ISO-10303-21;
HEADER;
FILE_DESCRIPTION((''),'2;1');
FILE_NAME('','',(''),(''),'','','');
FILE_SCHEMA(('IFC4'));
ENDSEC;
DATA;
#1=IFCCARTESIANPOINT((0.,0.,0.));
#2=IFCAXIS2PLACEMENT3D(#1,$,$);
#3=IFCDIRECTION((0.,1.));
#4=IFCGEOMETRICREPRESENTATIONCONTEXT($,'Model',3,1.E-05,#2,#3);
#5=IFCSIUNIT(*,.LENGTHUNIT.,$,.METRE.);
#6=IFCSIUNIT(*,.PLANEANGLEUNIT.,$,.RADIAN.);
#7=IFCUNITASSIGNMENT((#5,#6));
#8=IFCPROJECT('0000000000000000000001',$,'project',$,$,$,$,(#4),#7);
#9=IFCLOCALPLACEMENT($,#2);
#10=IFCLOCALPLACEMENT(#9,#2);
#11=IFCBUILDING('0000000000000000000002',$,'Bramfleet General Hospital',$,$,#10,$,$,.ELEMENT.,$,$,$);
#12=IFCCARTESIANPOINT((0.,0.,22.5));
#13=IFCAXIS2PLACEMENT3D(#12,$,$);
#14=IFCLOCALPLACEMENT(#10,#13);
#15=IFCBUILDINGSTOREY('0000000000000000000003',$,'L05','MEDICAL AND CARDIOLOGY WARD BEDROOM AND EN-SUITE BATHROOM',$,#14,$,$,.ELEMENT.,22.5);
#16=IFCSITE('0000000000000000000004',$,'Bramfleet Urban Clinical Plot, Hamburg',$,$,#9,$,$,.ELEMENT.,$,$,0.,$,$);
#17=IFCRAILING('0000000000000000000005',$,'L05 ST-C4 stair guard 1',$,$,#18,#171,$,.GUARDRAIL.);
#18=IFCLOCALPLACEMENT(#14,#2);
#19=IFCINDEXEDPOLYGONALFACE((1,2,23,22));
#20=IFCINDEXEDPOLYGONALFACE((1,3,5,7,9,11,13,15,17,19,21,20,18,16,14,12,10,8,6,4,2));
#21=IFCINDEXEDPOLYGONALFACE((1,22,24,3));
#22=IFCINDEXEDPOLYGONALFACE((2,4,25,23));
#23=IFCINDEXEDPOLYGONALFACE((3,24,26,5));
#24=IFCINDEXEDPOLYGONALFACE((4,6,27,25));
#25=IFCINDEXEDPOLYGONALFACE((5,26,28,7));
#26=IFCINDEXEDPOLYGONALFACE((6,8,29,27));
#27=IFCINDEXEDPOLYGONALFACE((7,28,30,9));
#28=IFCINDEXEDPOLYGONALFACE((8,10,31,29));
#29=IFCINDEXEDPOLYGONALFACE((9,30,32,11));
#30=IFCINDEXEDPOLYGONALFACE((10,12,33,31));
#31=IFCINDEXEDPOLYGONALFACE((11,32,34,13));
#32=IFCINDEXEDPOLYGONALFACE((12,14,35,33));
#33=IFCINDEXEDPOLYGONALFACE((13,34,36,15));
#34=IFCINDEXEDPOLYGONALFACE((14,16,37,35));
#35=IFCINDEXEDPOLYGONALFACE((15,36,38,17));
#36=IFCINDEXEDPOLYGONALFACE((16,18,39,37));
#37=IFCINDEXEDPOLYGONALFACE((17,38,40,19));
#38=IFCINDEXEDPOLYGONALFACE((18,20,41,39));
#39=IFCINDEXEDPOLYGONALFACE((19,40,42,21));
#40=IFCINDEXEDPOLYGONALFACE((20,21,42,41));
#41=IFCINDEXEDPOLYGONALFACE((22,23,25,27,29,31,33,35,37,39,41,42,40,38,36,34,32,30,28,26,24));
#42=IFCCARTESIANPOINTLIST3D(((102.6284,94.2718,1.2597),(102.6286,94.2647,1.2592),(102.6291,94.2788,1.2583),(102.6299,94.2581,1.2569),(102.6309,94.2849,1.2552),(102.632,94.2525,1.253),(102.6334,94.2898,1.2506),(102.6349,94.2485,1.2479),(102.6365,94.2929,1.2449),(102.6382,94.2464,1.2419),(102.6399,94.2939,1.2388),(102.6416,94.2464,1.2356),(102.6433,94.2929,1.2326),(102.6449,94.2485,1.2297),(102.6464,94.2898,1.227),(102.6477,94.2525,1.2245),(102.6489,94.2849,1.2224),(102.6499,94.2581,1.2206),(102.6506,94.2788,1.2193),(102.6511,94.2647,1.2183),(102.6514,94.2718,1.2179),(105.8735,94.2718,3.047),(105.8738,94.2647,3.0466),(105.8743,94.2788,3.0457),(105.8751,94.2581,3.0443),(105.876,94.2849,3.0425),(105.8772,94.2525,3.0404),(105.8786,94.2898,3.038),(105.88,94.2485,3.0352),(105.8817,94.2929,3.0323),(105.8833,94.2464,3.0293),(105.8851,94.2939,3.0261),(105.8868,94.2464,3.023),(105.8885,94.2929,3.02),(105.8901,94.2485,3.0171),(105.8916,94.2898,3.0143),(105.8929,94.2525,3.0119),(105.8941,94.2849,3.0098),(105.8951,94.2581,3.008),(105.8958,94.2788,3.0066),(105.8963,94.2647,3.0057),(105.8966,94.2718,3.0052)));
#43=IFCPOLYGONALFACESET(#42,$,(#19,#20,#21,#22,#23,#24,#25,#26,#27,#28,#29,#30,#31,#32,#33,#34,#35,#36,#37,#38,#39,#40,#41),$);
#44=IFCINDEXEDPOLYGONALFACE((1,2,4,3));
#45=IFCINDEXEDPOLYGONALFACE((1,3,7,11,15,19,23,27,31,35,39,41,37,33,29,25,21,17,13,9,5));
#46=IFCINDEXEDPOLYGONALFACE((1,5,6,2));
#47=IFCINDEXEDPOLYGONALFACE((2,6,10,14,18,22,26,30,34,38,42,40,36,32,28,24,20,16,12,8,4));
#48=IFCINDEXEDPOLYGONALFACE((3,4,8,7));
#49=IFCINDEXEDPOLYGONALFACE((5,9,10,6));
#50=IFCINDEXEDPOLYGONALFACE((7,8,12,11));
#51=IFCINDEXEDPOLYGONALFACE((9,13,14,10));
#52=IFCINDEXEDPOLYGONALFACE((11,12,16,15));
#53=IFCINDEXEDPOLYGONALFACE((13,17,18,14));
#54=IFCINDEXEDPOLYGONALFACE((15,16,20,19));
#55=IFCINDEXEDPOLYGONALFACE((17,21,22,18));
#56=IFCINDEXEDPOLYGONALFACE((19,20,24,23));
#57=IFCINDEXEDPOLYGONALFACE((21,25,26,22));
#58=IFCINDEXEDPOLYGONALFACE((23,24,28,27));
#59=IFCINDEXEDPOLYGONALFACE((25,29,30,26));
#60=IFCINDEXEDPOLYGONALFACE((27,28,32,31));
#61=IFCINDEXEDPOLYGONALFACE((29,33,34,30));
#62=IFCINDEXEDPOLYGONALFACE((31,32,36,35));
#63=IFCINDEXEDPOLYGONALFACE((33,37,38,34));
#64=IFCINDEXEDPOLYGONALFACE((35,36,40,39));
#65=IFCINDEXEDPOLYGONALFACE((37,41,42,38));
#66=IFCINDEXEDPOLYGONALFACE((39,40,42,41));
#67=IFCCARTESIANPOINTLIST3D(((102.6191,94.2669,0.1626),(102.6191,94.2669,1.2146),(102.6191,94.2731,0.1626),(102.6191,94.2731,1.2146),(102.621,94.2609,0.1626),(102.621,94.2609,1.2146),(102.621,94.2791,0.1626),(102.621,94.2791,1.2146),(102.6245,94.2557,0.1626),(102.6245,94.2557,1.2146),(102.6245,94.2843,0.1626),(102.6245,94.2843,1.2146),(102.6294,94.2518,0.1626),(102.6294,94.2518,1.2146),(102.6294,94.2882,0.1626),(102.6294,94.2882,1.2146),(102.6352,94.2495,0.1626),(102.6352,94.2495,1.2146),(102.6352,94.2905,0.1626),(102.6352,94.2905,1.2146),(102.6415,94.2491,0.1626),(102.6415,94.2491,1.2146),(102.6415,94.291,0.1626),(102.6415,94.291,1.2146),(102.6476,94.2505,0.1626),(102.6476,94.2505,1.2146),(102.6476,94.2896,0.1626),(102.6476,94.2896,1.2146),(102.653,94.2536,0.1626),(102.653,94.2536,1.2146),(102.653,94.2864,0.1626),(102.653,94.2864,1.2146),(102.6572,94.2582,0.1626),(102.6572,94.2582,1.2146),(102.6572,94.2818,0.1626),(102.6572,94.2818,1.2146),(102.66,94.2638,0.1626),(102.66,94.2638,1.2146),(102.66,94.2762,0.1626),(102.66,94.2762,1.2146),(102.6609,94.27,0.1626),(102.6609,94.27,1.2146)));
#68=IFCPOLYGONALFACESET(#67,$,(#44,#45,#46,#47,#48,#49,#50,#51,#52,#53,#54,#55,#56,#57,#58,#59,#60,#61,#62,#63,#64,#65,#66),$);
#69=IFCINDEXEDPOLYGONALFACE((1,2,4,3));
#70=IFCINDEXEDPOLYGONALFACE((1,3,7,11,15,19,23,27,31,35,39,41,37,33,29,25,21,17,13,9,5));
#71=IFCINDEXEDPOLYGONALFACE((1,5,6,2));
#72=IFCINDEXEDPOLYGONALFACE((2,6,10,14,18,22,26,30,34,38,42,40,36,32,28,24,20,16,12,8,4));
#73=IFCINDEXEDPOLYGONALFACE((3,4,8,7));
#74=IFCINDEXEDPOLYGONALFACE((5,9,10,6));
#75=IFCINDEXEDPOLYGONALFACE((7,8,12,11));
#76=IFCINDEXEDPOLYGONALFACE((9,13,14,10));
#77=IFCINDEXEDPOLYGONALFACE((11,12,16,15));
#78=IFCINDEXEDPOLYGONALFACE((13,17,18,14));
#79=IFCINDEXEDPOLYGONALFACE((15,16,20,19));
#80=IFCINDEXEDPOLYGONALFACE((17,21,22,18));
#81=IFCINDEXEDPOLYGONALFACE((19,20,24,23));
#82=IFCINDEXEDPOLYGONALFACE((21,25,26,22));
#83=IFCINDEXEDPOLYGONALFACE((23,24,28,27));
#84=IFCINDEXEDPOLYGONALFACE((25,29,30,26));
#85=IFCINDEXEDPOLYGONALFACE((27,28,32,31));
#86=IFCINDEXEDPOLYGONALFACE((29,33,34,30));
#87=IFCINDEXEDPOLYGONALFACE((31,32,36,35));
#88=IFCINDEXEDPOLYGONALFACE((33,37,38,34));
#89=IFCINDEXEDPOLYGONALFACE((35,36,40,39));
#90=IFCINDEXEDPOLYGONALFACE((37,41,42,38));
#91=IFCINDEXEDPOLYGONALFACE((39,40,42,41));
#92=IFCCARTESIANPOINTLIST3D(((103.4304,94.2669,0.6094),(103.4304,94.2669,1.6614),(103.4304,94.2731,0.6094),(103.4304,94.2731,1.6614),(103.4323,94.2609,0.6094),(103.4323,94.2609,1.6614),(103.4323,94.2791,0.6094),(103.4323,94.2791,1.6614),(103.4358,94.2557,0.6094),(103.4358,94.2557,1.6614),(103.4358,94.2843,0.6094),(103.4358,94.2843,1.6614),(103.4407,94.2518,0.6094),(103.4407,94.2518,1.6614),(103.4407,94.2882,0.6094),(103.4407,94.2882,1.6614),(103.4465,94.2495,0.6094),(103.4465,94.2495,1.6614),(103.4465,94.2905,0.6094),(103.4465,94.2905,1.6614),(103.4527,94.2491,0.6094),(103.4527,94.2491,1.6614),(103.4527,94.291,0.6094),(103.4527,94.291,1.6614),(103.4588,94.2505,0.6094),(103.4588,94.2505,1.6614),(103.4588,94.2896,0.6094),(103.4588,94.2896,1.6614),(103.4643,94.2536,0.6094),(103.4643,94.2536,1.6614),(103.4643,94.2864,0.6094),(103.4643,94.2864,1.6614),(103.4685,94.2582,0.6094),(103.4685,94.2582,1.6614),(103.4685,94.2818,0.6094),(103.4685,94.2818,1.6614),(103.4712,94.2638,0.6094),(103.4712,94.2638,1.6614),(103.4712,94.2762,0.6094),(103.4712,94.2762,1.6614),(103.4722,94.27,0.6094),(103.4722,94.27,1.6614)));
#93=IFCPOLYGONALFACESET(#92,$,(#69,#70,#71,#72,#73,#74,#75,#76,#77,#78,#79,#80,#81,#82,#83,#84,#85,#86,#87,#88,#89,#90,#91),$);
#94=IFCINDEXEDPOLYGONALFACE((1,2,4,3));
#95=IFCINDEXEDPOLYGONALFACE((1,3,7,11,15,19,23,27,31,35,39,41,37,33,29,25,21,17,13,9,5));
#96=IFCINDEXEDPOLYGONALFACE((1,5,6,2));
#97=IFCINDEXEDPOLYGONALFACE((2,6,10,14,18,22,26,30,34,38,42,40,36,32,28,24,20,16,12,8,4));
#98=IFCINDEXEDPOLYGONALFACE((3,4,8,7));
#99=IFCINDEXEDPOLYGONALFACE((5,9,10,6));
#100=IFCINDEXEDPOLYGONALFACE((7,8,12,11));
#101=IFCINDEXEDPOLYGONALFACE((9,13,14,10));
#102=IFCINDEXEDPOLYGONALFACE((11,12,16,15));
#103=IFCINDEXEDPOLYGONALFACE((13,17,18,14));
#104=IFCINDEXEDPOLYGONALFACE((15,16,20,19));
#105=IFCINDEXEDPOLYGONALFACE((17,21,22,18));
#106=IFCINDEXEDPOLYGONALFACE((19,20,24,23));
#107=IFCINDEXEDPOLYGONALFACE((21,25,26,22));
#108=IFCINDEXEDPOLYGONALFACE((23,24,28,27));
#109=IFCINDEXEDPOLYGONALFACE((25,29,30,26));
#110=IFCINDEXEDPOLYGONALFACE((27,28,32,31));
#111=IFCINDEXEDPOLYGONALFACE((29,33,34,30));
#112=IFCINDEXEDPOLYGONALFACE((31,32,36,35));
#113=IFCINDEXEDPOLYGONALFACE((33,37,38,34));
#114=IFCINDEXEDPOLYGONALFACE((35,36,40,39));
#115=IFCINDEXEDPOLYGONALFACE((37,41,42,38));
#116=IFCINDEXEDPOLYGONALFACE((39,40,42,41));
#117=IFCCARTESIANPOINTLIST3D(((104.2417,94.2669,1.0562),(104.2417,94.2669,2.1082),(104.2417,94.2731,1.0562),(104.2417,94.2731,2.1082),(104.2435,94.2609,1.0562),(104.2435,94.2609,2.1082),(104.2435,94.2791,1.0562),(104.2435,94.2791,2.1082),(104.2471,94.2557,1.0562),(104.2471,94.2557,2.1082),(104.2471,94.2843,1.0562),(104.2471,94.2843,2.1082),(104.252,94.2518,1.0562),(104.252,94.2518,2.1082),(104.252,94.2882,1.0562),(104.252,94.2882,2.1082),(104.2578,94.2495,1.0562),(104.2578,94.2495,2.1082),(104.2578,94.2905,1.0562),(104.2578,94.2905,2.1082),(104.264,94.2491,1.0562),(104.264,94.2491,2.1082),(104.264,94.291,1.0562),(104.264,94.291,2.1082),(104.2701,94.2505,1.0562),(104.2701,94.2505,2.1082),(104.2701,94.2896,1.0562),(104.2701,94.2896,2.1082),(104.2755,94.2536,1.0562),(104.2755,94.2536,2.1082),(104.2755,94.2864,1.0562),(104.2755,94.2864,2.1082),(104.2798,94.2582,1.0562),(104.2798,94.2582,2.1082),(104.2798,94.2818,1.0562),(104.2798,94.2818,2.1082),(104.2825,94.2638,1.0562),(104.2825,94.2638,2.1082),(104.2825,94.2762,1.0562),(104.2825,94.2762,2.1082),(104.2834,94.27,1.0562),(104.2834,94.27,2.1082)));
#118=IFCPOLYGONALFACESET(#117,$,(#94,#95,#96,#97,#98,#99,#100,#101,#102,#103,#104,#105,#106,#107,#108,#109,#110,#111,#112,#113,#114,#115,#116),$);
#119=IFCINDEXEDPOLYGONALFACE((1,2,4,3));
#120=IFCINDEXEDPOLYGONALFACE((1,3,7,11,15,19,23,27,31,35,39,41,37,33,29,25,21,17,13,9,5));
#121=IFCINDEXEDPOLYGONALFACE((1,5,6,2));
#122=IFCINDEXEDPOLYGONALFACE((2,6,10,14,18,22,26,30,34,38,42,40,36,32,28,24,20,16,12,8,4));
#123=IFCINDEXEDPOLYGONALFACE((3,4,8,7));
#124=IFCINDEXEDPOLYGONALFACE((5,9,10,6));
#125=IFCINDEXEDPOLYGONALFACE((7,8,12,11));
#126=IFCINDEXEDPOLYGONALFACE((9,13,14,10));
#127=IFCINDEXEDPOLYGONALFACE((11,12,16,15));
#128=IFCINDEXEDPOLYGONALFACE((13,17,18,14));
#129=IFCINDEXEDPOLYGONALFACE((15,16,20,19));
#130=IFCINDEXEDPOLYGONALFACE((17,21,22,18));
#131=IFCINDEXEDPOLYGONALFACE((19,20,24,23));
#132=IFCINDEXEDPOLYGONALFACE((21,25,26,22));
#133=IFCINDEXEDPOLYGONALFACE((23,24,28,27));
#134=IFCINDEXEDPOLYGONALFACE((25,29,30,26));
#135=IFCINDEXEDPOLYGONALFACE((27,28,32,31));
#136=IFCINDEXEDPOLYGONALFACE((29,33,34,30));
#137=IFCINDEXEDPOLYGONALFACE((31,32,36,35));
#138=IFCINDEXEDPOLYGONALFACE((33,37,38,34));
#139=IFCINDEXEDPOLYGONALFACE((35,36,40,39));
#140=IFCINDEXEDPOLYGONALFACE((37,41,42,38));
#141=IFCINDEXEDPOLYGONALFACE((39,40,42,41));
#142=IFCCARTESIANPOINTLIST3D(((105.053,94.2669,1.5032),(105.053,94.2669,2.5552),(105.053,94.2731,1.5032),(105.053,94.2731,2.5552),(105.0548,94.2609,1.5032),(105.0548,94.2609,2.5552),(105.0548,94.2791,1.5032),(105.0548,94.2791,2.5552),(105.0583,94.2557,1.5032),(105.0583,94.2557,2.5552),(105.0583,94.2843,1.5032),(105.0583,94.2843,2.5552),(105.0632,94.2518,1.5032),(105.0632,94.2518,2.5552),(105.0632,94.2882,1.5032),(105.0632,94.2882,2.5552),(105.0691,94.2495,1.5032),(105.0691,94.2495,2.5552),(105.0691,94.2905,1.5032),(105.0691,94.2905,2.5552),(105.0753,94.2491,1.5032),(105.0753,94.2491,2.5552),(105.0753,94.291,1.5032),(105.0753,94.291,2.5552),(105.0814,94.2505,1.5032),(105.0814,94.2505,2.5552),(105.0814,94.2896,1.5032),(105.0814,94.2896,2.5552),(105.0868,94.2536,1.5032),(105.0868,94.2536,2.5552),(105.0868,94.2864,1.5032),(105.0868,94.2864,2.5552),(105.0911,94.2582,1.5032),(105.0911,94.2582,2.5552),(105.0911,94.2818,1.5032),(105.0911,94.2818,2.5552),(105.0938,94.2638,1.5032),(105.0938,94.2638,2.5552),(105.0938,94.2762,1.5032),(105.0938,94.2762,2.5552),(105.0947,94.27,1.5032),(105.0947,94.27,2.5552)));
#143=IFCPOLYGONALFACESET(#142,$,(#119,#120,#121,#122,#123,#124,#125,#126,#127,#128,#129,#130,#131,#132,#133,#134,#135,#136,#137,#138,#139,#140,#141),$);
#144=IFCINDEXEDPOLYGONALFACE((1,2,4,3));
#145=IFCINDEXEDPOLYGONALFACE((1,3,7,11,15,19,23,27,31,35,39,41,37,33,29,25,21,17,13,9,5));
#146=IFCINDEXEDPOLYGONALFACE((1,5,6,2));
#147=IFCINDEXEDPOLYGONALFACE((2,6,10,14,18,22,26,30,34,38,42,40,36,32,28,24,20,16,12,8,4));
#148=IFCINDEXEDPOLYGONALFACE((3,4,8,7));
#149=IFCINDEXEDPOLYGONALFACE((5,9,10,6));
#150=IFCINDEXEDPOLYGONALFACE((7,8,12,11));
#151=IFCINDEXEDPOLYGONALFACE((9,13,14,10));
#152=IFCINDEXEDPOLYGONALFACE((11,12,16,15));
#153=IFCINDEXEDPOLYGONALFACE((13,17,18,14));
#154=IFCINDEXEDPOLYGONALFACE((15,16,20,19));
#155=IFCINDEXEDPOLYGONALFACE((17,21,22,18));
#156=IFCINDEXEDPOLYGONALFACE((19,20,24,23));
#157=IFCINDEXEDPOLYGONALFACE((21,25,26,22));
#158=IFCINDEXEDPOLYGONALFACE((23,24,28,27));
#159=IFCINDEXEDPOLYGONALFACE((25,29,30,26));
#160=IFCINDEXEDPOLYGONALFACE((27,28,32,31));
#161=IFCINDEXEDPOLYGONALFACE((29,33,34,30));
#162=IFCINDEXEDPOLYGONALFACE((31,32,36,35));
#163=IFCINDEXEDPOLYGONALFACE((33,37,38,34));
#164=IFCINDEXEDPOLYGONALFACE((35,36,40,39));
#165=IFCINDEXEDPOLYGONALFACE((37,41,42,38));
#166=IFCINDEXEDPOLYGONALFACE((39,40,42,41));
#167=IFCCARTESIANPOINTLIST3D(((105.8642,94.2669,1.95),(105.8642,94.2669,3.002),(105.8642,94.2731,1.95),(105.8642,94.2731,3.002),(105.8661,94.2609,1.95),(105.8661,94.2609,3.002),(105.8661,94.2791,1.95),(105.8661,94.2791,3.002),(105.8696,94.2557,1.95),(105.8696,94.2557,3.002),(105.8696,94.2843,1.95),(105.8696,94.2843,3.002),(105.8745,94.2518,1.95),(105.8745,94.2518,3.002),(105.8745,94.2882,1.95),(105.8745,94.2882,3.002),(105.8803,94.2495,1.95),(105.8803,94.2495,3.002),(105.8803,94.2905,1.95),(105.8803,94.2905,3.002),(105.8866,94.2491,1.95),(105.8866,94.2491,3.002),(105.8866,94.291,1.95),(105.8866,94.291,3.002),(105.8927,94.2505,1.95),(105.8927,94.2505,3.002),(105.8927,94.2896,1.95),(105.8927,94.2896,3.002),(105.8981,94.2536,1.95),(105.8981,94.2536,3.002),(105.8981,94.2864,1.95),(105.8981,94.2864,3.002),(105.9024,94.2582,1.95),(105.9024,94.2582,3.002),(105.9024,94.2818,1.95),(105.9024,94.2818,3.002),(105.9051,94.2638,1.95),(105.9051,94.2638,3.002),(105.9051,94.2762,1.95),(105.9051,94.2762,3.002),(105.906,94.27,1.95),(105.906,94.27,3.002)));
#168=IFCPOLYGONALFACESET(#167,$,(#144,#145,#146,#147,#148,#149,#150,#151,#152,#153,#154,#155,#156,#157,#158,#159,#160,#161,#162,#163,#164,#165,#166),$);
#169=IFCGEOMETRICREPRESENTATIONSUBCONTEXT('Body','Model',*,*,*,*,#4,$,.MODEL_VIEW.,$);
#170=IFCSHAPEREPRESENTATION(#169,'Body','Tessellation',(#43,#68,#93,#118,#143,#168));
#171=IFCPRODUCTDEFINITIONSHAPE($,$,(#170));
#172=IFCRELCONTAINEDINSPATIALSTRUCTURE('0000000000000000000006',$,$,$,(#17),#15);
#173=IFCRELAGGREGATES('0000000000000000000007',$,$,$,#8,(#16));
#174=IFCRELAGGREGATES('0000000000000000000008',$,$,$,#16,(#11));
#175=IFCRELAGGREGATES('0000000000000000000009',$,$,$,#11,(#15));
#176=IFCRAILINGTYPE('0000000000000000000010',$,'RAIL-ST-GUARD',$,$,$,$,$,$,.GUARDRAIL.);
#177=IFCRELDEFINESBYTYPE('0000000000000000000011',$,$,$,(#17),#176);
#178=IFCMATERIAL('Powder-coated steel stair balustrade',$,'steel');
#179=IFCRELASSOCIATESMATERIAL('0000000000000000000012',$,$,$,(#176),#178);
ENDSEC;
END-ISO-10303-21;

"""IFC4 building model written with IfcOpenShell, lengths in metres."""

from ifc_helpers import new_model, si_unit, direction, frame, origin, origin_2d, place, context, subcontext, project, spatial, circle, extrude, material, type_object, element, save


model = new_model("IFC4")

# Units and contexts
model_context = context("Model", 3, precision=1e-05, world=origin(), true_north=direction((0.0, 1.0)))
body_context = subcontext(model_context, "Body", "Model", "MODEL_VIEW")
ifc_project = project(units=[si_unit("LENGTHUNIT", "METRE"), si_unit("PLANEANGLEUNIT", "RADIAN")], contexts=[model_context])

# Site, building, storey
site_placement = place(None, origin())
site = spatial("IfcSite", under=ifc_project, at=site_placement, Name="Bramfleet Urban Clinical Plot, Hamburg", CompositionType="ELEMENT", RefElevation=0.0)
building_placement = place(site_placement, origin())
building = spatial("IfcBuilding", under=site, at=building_placement, Name="Bramfleet General Hospital", CompositionType="ELEMENT")
storey_placement = place(building_placement, frame((0.0, 0.0, 22.5)))
storey = spatial("IfcBuildingStorey", under=building, at=storey_placement, Name="L05", Description="MEDICAL AND CARDIOLOGY WARD BEDROOM AND EN-SUITE BATHROOM", CompositionType="ELEMENT", Elevation=22.5)

# Railing
ifc_material_1 = material(Name="Powder-coated steel stair balustrade", Category="steel")
railing_type_1 = type_object("IfcRailingType", Name="RAIL-ST-GUARD", PredefinedType="GUARDRAIL", material=ifc_material_1)
railing_1_placement = place(storey_placement, frame((102.6399, 94.27, 0.1626)))
element("IfcRailing", 1, at=railing_1_placement, inside=storey, type_object=railing_type_1, Name="L05 ST-C4 stair guard 1", PredefinedType="GUARDRAIL", context=body_context, shape_type="SweptSolid", body=[
    extrude(circle(Radius=0.0239, at=origin_2d()), frame((0.0, 0.0, 1.0762), z_axis=(0.875926, 0.0, 0.482445), x_axis=(0.0, 1.0, 0.0)), (0.0, 0.0, 1.0), 3.7048),
    extrude(circle(Radius=0.021, at=origin_2d()), origin(), (0.0, 0.0, 1.0), 1.052),
    extrude(circle(Radius=0.021, at=origin_2d()), frame((0.8113, 0.0, 0.4468)), (0.0, 0.0, 1.0), 1.052),
    extrude(circle(Radius=0.021, at=origin_2d()), frame((1.6226, 0.0, 0.8936)), (0.0, 0.0, 1.0), 1.052),
    extrude(circle(Radius=0.021, at=origin_2d()), frame((2.4338, 0.0, 1.3406)), (0.0, 0.0, 1.0), 1.052),
    extrude(circle(Radius=0.021, at=origin_2d()), frame((3.2451, 0.0, 1.7874)), (0.0, 0.0, 1.0), 1.052),
])

save(model, "model.ifc")
